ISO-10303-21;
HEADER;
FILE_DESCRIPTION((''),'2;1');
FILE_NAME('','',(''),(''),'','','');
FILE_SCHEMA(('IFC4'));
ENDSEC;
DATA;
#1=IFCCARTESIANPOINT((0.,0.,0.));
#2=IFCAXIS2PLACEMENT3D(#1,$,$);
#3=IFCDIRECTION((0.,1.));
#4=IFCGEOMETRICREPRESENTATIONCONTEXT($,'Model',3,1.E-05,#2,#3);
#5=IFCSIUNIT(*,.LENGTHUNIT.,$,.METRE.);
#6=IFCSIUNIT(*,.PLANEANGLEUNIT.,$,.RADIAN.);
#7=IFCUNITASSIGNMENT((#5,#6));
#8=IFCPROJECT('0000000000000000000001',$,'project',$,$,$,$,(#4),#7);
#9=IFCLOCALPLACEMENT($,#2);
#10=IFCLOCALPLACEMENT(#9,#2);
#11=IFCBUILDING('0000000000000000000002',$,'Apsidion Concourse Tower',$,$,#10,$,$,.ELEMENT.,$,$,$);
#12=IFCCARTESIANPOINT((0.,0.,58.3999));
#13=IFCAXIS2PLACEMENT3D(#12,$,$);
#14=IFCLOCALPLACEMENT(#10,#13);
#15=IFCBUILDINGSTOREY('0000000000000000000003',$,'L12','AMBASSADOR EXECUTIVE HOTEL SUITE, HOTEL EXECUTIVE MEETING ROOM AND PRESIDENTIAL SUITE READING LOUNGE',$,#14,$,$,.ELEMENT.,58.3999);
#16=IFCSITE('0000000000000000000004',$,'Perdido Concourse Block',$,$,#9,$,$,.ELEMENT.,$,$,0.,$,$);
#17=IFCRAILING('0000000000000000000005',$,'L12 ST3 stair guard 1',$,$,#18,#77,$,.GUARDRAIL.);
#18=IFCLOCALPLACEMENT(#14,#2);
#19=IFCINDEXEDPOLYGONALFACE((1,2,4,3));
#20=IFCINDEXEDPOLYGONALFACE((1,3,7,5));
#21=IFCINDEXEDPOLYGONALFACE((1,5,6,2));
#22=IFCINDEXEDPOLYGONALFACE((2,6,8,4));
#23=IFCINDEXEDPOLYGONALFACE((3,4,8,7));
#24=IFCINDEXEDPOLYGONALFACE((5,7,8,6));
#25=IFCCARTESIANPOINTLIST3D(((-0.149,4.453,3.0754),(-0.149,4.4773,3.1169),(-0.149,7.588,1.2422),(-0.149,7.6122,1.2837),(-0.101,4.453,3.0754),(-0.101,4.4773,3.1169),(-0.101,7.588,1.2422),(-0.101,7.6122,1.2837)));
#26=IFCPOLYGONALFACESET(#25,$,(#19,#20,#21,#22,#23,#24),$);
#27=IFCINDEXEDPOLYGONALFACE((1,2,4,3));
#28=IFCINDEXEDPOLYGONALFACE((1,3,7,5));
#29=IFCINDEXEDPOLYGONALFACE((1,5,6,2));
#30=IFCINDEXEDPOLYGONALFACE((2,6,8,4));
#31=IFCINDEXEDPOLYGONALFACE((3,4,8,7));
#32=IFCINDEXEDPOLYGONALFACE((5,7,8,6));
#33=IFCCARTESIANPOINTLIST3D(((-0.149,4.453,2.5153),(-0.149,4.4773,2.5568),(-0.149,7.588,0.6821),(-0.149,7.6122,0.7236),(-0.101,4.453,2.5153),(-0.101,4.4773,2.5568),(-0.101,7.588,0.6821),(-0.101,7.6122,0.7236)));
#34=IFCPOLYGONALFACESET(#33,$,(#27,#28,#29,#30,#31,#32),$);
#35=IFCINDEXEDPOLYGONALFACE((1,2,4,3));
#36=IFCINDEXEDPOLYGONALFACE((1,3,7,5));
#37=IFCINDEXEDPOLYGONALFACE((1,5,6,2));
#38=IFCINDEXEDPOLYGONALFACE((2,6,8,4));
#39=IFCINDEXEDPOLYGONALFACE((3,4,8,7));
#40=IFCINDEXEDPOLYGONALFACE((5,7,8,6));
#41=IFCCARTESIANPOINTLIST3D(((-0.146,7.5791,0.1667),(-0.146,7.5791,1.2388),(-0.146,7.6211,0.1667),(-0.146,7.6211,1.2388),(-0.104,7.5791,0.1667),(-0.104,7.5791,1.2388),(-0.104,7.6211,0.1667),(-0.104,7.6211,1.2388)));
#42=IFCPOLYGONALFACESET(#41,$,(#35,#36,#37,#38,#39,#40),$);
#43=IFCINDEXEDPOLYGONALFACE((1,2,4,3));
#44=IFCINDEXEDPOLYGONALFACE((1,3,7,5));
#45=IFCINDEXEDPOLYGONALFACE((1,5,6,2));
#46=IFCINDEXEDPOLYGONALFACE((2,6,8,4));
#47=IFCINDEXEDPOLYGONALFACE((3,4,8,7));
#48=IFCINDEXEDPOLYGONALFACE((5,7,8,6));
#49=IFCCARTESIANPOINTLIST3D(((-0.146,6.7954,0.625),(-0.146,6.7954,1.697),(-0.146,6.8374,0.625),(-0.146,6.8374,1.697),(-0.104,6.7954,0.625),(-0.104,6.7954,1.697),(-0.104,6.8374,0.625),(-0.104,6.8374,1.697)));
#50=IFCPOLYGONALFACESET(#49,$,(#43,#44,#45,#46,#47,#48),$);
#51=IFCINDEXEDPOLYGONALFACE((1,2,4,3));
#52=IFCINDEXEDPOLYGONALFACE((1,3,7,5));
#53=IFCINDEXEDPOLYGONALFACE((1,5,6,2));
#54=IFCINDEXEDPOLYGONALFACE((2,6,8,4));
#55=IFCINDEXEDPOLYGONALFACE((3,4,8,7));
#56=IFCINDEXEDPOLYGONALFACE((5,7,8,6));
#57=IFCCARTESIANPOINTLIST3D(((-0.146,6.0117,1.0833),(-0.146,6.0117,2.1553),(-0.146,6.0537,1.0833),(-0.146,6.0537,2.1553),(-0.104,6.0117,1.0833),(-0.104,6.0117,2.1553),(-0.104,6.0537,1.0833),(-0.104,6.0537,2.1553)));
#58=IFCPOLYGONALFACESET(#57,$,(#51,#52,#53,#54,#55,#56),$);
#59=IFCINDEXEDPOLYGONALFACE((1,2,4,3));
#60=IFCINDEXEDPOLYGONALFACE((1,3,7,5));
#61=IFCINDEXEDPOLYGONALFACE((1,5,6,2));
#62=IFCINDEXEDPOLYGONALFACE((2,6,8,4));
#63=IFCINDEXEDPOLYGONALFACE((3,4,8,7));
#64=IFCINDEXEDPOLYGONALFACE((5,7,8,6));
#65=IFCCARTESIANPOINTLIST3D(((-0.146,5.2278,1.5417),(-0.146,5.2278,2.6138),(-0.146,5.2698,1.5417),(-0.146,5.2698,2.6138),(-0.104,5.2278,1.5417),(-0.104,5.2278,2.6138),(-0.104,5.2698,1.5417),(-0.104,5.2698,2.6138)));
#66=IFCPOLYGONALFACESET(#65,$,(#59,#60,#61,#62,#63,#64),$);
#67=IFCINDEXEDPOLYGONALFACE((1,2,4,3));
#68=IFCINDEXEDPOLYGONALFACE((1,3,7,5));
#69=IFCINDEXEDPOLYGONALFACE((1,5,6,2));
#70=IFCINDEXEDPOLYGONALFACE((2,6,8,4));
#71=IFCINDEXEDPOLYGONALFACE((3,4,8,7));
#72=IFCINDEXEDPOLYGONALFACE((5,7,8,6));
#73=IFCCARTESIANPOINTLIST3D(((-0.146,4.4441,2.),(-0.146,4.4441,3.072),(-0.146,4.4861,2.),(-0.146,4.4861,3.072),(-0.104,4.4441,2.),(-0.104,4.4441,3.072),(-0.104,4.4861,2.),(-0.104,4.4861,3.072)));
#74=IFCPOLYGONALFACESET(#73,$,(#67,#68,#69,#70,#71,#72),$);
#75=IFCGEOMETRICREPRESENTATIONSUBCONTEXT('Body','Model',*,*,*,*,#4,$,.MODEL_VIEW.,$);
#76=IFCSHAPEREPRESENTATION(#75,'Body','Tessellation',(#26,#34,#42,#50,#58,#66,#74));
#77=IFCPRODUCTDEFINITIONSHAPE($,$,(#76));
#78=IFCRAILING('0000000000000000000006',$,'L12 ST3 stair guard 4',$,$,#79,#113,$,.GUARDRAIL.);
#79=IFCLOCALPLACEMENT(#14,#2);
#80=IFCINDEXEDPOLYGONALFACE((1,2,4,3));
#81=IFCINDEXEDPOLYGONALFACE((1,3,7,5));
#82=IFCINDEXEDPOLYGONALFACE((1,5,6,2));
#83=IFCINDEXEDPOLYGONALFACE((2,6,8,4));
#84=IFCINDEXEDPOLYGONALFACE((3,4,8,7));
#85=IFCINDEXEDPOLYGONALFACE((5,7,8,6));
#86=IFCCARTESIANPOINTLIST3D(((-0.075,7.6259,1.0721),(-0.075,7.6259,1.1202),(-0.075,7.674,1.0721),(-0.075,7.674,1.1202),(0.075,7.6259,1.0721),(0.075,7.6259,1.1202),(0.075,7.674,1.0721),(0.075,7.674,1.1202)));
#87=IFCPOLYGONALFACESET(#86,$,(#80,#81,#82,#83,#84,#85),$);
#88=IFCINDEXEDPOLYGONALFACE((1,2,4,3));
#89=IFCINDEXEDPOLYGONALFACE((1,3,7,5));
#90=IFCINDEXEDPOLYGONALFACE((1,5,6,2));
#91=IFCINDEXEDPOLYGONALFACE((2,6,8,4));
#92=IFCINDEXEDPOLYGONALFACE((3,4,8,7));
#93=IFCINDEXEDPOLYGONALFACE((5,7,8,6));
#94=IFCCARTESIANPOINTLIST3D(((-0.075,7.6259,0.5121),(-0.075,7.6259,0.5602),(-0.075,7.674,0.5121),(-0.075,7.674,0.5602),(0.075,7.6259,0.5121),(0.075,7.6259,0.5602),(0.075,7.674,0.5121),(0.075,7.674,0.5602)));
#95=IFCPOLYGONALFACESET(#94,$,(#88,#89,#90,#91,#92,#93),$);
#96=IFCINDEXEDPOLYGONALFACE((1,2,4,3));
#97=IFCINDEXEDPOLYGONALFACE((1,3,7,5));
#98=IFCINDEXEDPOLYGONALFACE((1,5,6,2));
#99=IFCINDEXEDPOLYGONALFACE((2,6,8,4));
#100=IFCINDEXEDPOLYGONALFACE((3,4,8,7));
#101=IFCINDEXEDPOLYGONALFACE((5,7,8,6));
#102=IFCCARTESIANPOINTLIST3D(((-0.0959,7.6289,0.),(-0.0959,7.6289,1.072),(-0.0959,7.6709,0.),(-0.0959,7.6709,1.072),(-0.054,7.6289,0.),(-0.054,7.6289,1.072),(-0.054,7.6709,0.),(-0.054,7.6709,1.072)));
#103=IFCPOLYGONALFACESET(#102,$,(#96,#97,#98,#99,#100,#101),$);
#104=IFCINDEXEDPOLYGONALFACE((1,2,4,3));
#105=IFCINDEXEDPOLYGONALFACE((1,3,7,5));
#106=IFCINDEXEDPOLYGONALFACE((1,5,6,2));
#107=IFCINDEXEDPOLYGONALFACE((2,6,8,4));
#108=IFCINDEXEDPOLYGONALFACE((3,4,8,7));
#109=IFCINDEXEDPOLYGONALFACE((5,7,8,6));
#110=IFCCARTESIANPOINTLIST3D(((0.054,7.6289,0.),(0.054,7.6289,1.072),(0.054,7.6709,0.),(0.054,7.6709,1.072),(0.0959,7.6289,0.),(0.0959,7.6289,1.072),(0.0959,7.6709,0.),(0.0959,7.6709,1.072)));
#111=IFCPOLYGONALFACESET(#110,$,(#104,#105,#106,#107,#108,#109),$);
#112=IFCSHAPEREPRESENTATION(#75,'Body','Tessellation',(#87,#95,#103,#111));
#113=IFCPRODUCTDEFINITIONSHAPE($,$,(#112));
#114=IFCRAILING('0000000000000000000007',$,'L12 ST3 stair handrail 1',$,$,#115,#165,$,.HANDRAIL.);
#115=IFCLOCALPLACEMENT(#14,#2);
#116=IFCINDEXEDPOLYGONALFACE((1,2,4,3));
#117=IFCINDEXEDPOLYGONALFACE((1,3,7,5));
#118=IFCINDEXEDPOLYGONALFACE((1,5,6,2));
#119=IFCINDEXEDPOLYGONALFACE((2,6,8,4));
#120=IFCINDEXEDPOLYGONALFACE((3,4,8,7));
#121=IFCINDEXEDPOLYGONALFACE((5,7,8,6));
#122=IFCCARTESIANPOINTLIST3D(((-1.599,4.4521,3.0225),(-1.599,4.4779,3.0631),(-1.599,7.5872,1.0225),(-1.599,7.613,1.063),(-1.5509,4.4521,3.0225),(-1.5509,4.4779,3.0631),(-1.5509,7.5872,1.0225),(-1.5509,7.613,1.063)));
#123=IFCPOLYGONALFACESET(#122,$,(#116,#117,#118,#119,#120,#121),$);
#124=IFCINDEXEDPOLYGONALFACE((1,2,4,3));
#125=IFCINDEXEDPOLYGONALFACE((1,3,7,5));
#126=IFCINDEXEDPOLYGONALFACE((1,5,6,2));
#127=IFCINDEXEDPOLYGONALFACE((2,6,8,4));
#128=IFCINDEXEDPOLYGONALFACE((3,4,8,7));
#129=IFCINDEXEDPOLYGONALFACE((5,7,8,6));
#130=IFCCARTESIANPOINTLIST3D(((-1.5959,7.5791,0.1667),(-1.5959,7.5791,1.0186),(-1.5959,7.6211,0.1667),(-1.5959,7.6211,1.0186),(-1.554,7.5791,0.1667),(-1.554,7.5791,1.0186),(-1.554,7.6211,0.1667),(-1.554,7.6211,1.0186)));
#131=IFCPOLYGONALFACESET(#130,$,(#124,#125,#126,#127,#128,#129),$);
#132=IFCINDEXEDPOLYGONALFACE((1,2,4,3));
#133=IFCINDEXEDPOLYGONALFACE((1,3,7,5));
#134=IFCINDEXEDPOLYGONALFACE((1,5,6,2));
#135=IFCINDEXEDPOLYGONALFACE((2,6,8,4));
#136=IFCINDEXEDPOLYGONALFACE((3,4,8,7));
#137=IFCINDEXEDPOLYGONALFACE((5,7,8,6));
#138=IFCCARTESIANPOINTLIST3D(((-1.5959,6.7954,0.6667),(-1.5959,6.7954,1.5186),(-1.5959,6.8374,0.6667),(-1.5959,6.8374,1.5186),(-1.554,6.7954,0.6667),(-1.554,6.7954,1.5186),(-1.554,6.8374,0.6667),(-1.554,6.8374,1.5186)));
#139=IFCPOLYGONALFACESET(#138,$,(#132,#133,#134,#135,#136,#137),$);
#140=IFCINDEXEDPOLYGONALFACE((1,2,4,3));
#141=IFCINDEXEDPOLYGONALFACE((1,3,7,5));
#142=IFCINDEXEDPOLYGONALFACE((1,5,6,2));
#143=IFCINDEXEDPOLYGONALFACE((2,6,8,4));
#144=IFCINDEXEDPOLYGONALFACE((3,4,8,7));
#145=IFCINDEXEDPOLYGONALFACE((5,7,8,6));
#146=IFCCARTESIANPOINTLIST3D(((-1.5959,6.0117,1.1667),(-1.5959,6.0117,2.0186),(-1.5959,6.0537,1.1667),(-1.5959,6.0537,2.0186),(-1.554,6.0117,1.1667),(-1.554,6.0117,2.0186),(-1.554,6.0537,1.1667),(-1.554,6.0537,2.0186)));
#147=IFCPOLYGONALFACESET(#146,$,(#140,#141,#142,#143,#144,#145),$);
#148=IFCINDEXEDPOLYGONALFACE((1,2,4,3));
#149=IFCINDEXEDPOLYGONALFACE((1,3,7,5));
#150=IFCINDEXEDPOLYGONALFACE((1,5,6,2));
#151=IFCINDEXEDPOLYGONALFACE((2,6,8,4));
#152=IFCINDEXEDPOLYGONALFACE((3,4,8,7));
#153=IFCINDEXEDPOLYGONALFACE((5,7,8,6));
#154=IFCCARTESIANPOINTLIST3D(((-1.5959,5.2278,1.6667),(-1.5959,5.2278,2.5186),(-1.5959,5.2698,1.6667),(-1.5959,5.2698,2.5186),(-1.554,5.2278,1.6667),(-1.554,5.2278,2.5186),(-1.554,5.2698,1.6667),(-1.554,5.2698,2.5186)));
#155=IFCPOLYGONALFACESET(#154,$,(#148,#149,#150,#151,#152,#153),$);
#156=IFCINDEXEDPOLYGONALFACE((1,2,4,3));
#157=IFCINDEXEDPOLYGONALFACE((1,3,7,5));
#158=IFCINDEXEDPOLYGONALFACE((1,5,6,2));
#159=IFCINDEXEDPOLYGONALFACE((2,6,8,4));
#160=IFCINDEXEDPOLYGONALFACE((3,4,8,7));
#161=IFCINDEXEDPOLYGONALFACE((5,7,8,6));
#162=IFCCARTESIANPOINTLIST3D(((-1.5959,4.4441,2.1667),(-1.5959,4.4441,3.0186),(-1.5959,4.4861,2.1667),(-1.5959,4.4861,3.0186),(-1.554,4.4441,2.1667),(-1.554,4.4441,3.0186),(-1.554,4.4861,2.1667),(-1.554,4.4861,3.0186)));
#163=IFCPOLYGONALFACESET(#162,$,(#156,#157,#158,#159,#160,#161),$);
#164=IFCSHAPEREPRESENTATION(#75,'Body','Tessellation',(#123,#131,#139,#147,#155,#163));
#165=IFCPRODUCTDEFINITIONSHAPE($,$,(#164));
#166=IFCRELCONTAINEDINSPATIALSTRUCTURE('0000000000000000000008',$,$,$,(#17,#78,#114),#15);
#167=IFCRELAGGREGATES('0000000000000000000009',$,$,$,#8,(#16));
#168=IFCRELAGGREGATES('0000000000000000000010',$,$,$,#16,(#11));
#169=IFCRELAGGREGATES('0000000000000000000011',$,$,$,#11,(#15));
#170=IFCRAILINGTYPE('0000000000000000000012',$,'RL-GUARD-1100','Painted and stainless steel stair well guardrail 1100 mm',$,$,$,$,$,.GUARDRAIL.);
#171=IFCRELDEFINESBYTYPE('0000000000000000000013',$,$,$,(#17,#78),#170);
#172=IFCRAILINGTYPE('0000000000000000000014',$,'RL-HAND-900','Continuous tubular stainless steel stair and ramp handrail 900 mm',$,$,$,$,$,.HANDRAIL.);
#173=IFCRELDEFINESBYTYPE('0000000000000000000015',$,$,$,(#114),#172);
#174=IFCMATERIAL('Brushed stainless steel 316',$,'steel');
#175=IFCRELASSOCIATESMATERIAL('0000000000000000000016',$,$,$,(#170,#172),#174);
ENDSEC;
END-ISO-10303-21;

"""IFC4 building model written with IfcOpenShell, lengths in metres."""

from ifc_helpers import new_model, si_unit, direction, frame, origin, origin_2d, place, context, subcontext, project, spatial, rectangle, extrude, material, type_object, element, save


model = new_model("IFC4")

# Units and contexts
model_context = context("Model", 3, precision=1e-05, world=origin(), true_north=direction((0.0, 1.0)))
body_context = subcontext(model_context, "Body", "Model", "MODEL_VIEW")
ifc_project = project(units=[si_unit("LENGTHUNIT", "METRE"), si_unit("PLANEANGLEUNIT", "RADIAN")], contexts=[model_context])

# Site, building, storey
site_placement = place(None, origin())
site = spatial("IfcSite", under=ifc_project, at=site_placement, Name="Perdido Concourse Block", CompositionType="ELEMENT", RefElevation=0.0)
building_placement = place(site_placement, origin())
building = spatial("IfcBuilding", under=site, at=building_placement, Name="Apsidion Concourse Tower", CompositionType="ELEMENT")
storey_placement = place(building_placement, frame((0.0, 0.0, 58.3999)))
storey = spatial("IfcBuildingStorey", under=building, at=storey_placement, Name="L12", Description="AMBASSADOR EXECUTIVE HOTEL SUITE, HOTEL EXECUTIVE MEETING ROOM AND PRESIDENTIAL SUITE READING LOUNGE", CompositionType="ELEMENT", Elevation=58.3999)

# Shared definitions
ifc_material_1 = material(Name="Brushed stainless steel 316", Category="steel")

# Railings
railing_type_1 = type_object("IfcRailingType", Name="RL-GUARD-1100", Description="Painted and stainless steel stair well guardrail 1100 mm", PredefinedType="GUARDRAIL", material=ifc_material_1)
railing_1_placement = place(storey_placement, frame((-0.125, 7.6001, 0.1667)))
element("IfcRailing", 1, at=railing_1_placement, inside=storey, type_object=railing_type_1, Name="L12 ST3 stair guard 1", PredefinedType="GUARDRAIL", context=body_context, shape_type="SweptSolid", body=[
    extrude(rectangle(XDim=0.0481, YDim=0.0481, at=origin_2d()), frame((0.0, 0.0, 1.0962), z_axis=(0.0, -0.86324, 0.504794), x_axis=(1.0, 0.0, 0.0)), (0.0, 0.0, 1.0), 3.6316),
    extrude(rectangle(XDim=0.0481, YDim=0.0481, at=origin_2d()), frame((0.0, 0.0, 0.5361), z_axis=(0.0, -0.86324, 0.504794), x_axis=(1.0, 0.0, 0.0)), (0.0, 0.0, 1.0), 3.6316),
    extrude(rectangle(XDim=0.042, YDim=0.042, at=origin_2d()), origin(), (0.0, 0.0, 1.0), 1.072),
    extrude(rectangle(XDim=0.042, YDim=0.042, at=origin_2d()), frame((0.0, -0.7837, 0.4583)), (0.0, 0.0, 1.0), 1.072),
    extrude(rectangle(XDim=0.042, YDim=0.042, at=origin_2d()), frame((0.0, -1.5674, 0.9165)), (0.0, 0.0, 1.0), 1.072),
    extrude(rectangle(XDim=0.042, YDim=0.042, at=origin_2d()), frame((0.0, -2.3513, 1.375)), (0.0, 0.0, 1.0), 1.072),
    extrude(rectangle(XDim=0.042, YDim=0.042, at=origin_2d()), frame((0.0, -3.135, 1.8333)), (0.0, 0.0, 1.0), 1.072),
])
railing_2_placement = place(storey_placement, frame((-0.075, 7.6499, 0.0)))
element("IfcRailing", 2, at=railing_2_placement, inside=storey, type_object=railing_type_1, Name="L12 ST3 stair guard 4", PredefinedType="GUARDRAIL", context=body_context, shape_type="SweptSolid", body=[
    extrude(rectangle(XDim=0.0481, YDim=0.0481, at=origin_2d()), frame((0.0, 0.0, 1.0962), z_axis=(1.0, 0.0, 0.0), x_axis=(0.0, 1.0, 0.0)), (0.0, 0.0, 1.0), 0.1499),
    extrude(rectangle(XDim=0.0481, YDim=0.0481, at=origin_2d()), frame((0.0, 0.0, 0.5361), z_axis=(1.0, 0.0, 0.0), x_axis=(0.0, 1.0, 0.0)), (0.0, 0.0, 1.0), 0.1499),
    extrude(rectangle(XDim=0.042, YDim=0.042, at=origin_2d()), origin(), (0.0, 0.0, 1.0), 1.072),
    extrude(rectangle(XDim=0.042, YDim=0.042, at=origin_2d()), frame((0.1499, 0.0, 0.0)), (0.0, 0.0, 1.0), 1.072),
])
railing_type_2 = type_object("IfcRailingType", Name="RL-HAND-900", Description="Continuous tubular stainless steel stair and ramp handrail 900 mm", PredefinedType="HANDRAIL", material=ifc_material_1)
railing_3_placement = place(storey_placement, frame((-1.575, 7.6001, 0.1667)))
element("IfcRailing", 3, at=railing_3_placement, inside=storey, type_object=railing_type_2, Name="L12 ST3 stair handrail 1", PredefinedType="HANDRAIL", context=body_context, shape_type="SweptSolid", body=[
    extrude(rectangle(XDim=0.0481, YDim=0.0481, at=origin_2d()), frame((0.0, 0.0, 0.876), z_axis=(0.0, -0.843053, 0.537831), x_axis=(1.0, 0.0, 0.0)), (0.0, 0.0, 1.0), 3.7188),
    extrude(rectangle(XDim=0.042, YDim=0.042, at=origin_2d()), origin(), (0.0, 0.0, 1.0), 0.8518),
    extrude(rectangle(XDim=0.042, YDim=0.042, at=origin_2d()), frame((0.0, -0.7837, 0.5)), (0.0, 0.0, 1.0), 0.8518),
    extrude(rectangle(XDim=0.042, YDim=0.042, at=origin_2d()), frame((0.0, -1.5674, 1.0)), (0.0, 0.0, 1.0), 0.8518),
    extrude(rectangle(XDim=0.042, YDim=0.042, at=origin_2d()), frame((0.0, -2.3513, 1.5)), (0.0, 0.0, 1.0), 0.8518),
    extrude(rectangle(XDim=0.042, YDim=0.042, at=origin_2d()), frame((0.0, -3.135, 2.0)), (0.0, 0.0, 1.0), 0.8518),
])

save(model, "model.ifc")
